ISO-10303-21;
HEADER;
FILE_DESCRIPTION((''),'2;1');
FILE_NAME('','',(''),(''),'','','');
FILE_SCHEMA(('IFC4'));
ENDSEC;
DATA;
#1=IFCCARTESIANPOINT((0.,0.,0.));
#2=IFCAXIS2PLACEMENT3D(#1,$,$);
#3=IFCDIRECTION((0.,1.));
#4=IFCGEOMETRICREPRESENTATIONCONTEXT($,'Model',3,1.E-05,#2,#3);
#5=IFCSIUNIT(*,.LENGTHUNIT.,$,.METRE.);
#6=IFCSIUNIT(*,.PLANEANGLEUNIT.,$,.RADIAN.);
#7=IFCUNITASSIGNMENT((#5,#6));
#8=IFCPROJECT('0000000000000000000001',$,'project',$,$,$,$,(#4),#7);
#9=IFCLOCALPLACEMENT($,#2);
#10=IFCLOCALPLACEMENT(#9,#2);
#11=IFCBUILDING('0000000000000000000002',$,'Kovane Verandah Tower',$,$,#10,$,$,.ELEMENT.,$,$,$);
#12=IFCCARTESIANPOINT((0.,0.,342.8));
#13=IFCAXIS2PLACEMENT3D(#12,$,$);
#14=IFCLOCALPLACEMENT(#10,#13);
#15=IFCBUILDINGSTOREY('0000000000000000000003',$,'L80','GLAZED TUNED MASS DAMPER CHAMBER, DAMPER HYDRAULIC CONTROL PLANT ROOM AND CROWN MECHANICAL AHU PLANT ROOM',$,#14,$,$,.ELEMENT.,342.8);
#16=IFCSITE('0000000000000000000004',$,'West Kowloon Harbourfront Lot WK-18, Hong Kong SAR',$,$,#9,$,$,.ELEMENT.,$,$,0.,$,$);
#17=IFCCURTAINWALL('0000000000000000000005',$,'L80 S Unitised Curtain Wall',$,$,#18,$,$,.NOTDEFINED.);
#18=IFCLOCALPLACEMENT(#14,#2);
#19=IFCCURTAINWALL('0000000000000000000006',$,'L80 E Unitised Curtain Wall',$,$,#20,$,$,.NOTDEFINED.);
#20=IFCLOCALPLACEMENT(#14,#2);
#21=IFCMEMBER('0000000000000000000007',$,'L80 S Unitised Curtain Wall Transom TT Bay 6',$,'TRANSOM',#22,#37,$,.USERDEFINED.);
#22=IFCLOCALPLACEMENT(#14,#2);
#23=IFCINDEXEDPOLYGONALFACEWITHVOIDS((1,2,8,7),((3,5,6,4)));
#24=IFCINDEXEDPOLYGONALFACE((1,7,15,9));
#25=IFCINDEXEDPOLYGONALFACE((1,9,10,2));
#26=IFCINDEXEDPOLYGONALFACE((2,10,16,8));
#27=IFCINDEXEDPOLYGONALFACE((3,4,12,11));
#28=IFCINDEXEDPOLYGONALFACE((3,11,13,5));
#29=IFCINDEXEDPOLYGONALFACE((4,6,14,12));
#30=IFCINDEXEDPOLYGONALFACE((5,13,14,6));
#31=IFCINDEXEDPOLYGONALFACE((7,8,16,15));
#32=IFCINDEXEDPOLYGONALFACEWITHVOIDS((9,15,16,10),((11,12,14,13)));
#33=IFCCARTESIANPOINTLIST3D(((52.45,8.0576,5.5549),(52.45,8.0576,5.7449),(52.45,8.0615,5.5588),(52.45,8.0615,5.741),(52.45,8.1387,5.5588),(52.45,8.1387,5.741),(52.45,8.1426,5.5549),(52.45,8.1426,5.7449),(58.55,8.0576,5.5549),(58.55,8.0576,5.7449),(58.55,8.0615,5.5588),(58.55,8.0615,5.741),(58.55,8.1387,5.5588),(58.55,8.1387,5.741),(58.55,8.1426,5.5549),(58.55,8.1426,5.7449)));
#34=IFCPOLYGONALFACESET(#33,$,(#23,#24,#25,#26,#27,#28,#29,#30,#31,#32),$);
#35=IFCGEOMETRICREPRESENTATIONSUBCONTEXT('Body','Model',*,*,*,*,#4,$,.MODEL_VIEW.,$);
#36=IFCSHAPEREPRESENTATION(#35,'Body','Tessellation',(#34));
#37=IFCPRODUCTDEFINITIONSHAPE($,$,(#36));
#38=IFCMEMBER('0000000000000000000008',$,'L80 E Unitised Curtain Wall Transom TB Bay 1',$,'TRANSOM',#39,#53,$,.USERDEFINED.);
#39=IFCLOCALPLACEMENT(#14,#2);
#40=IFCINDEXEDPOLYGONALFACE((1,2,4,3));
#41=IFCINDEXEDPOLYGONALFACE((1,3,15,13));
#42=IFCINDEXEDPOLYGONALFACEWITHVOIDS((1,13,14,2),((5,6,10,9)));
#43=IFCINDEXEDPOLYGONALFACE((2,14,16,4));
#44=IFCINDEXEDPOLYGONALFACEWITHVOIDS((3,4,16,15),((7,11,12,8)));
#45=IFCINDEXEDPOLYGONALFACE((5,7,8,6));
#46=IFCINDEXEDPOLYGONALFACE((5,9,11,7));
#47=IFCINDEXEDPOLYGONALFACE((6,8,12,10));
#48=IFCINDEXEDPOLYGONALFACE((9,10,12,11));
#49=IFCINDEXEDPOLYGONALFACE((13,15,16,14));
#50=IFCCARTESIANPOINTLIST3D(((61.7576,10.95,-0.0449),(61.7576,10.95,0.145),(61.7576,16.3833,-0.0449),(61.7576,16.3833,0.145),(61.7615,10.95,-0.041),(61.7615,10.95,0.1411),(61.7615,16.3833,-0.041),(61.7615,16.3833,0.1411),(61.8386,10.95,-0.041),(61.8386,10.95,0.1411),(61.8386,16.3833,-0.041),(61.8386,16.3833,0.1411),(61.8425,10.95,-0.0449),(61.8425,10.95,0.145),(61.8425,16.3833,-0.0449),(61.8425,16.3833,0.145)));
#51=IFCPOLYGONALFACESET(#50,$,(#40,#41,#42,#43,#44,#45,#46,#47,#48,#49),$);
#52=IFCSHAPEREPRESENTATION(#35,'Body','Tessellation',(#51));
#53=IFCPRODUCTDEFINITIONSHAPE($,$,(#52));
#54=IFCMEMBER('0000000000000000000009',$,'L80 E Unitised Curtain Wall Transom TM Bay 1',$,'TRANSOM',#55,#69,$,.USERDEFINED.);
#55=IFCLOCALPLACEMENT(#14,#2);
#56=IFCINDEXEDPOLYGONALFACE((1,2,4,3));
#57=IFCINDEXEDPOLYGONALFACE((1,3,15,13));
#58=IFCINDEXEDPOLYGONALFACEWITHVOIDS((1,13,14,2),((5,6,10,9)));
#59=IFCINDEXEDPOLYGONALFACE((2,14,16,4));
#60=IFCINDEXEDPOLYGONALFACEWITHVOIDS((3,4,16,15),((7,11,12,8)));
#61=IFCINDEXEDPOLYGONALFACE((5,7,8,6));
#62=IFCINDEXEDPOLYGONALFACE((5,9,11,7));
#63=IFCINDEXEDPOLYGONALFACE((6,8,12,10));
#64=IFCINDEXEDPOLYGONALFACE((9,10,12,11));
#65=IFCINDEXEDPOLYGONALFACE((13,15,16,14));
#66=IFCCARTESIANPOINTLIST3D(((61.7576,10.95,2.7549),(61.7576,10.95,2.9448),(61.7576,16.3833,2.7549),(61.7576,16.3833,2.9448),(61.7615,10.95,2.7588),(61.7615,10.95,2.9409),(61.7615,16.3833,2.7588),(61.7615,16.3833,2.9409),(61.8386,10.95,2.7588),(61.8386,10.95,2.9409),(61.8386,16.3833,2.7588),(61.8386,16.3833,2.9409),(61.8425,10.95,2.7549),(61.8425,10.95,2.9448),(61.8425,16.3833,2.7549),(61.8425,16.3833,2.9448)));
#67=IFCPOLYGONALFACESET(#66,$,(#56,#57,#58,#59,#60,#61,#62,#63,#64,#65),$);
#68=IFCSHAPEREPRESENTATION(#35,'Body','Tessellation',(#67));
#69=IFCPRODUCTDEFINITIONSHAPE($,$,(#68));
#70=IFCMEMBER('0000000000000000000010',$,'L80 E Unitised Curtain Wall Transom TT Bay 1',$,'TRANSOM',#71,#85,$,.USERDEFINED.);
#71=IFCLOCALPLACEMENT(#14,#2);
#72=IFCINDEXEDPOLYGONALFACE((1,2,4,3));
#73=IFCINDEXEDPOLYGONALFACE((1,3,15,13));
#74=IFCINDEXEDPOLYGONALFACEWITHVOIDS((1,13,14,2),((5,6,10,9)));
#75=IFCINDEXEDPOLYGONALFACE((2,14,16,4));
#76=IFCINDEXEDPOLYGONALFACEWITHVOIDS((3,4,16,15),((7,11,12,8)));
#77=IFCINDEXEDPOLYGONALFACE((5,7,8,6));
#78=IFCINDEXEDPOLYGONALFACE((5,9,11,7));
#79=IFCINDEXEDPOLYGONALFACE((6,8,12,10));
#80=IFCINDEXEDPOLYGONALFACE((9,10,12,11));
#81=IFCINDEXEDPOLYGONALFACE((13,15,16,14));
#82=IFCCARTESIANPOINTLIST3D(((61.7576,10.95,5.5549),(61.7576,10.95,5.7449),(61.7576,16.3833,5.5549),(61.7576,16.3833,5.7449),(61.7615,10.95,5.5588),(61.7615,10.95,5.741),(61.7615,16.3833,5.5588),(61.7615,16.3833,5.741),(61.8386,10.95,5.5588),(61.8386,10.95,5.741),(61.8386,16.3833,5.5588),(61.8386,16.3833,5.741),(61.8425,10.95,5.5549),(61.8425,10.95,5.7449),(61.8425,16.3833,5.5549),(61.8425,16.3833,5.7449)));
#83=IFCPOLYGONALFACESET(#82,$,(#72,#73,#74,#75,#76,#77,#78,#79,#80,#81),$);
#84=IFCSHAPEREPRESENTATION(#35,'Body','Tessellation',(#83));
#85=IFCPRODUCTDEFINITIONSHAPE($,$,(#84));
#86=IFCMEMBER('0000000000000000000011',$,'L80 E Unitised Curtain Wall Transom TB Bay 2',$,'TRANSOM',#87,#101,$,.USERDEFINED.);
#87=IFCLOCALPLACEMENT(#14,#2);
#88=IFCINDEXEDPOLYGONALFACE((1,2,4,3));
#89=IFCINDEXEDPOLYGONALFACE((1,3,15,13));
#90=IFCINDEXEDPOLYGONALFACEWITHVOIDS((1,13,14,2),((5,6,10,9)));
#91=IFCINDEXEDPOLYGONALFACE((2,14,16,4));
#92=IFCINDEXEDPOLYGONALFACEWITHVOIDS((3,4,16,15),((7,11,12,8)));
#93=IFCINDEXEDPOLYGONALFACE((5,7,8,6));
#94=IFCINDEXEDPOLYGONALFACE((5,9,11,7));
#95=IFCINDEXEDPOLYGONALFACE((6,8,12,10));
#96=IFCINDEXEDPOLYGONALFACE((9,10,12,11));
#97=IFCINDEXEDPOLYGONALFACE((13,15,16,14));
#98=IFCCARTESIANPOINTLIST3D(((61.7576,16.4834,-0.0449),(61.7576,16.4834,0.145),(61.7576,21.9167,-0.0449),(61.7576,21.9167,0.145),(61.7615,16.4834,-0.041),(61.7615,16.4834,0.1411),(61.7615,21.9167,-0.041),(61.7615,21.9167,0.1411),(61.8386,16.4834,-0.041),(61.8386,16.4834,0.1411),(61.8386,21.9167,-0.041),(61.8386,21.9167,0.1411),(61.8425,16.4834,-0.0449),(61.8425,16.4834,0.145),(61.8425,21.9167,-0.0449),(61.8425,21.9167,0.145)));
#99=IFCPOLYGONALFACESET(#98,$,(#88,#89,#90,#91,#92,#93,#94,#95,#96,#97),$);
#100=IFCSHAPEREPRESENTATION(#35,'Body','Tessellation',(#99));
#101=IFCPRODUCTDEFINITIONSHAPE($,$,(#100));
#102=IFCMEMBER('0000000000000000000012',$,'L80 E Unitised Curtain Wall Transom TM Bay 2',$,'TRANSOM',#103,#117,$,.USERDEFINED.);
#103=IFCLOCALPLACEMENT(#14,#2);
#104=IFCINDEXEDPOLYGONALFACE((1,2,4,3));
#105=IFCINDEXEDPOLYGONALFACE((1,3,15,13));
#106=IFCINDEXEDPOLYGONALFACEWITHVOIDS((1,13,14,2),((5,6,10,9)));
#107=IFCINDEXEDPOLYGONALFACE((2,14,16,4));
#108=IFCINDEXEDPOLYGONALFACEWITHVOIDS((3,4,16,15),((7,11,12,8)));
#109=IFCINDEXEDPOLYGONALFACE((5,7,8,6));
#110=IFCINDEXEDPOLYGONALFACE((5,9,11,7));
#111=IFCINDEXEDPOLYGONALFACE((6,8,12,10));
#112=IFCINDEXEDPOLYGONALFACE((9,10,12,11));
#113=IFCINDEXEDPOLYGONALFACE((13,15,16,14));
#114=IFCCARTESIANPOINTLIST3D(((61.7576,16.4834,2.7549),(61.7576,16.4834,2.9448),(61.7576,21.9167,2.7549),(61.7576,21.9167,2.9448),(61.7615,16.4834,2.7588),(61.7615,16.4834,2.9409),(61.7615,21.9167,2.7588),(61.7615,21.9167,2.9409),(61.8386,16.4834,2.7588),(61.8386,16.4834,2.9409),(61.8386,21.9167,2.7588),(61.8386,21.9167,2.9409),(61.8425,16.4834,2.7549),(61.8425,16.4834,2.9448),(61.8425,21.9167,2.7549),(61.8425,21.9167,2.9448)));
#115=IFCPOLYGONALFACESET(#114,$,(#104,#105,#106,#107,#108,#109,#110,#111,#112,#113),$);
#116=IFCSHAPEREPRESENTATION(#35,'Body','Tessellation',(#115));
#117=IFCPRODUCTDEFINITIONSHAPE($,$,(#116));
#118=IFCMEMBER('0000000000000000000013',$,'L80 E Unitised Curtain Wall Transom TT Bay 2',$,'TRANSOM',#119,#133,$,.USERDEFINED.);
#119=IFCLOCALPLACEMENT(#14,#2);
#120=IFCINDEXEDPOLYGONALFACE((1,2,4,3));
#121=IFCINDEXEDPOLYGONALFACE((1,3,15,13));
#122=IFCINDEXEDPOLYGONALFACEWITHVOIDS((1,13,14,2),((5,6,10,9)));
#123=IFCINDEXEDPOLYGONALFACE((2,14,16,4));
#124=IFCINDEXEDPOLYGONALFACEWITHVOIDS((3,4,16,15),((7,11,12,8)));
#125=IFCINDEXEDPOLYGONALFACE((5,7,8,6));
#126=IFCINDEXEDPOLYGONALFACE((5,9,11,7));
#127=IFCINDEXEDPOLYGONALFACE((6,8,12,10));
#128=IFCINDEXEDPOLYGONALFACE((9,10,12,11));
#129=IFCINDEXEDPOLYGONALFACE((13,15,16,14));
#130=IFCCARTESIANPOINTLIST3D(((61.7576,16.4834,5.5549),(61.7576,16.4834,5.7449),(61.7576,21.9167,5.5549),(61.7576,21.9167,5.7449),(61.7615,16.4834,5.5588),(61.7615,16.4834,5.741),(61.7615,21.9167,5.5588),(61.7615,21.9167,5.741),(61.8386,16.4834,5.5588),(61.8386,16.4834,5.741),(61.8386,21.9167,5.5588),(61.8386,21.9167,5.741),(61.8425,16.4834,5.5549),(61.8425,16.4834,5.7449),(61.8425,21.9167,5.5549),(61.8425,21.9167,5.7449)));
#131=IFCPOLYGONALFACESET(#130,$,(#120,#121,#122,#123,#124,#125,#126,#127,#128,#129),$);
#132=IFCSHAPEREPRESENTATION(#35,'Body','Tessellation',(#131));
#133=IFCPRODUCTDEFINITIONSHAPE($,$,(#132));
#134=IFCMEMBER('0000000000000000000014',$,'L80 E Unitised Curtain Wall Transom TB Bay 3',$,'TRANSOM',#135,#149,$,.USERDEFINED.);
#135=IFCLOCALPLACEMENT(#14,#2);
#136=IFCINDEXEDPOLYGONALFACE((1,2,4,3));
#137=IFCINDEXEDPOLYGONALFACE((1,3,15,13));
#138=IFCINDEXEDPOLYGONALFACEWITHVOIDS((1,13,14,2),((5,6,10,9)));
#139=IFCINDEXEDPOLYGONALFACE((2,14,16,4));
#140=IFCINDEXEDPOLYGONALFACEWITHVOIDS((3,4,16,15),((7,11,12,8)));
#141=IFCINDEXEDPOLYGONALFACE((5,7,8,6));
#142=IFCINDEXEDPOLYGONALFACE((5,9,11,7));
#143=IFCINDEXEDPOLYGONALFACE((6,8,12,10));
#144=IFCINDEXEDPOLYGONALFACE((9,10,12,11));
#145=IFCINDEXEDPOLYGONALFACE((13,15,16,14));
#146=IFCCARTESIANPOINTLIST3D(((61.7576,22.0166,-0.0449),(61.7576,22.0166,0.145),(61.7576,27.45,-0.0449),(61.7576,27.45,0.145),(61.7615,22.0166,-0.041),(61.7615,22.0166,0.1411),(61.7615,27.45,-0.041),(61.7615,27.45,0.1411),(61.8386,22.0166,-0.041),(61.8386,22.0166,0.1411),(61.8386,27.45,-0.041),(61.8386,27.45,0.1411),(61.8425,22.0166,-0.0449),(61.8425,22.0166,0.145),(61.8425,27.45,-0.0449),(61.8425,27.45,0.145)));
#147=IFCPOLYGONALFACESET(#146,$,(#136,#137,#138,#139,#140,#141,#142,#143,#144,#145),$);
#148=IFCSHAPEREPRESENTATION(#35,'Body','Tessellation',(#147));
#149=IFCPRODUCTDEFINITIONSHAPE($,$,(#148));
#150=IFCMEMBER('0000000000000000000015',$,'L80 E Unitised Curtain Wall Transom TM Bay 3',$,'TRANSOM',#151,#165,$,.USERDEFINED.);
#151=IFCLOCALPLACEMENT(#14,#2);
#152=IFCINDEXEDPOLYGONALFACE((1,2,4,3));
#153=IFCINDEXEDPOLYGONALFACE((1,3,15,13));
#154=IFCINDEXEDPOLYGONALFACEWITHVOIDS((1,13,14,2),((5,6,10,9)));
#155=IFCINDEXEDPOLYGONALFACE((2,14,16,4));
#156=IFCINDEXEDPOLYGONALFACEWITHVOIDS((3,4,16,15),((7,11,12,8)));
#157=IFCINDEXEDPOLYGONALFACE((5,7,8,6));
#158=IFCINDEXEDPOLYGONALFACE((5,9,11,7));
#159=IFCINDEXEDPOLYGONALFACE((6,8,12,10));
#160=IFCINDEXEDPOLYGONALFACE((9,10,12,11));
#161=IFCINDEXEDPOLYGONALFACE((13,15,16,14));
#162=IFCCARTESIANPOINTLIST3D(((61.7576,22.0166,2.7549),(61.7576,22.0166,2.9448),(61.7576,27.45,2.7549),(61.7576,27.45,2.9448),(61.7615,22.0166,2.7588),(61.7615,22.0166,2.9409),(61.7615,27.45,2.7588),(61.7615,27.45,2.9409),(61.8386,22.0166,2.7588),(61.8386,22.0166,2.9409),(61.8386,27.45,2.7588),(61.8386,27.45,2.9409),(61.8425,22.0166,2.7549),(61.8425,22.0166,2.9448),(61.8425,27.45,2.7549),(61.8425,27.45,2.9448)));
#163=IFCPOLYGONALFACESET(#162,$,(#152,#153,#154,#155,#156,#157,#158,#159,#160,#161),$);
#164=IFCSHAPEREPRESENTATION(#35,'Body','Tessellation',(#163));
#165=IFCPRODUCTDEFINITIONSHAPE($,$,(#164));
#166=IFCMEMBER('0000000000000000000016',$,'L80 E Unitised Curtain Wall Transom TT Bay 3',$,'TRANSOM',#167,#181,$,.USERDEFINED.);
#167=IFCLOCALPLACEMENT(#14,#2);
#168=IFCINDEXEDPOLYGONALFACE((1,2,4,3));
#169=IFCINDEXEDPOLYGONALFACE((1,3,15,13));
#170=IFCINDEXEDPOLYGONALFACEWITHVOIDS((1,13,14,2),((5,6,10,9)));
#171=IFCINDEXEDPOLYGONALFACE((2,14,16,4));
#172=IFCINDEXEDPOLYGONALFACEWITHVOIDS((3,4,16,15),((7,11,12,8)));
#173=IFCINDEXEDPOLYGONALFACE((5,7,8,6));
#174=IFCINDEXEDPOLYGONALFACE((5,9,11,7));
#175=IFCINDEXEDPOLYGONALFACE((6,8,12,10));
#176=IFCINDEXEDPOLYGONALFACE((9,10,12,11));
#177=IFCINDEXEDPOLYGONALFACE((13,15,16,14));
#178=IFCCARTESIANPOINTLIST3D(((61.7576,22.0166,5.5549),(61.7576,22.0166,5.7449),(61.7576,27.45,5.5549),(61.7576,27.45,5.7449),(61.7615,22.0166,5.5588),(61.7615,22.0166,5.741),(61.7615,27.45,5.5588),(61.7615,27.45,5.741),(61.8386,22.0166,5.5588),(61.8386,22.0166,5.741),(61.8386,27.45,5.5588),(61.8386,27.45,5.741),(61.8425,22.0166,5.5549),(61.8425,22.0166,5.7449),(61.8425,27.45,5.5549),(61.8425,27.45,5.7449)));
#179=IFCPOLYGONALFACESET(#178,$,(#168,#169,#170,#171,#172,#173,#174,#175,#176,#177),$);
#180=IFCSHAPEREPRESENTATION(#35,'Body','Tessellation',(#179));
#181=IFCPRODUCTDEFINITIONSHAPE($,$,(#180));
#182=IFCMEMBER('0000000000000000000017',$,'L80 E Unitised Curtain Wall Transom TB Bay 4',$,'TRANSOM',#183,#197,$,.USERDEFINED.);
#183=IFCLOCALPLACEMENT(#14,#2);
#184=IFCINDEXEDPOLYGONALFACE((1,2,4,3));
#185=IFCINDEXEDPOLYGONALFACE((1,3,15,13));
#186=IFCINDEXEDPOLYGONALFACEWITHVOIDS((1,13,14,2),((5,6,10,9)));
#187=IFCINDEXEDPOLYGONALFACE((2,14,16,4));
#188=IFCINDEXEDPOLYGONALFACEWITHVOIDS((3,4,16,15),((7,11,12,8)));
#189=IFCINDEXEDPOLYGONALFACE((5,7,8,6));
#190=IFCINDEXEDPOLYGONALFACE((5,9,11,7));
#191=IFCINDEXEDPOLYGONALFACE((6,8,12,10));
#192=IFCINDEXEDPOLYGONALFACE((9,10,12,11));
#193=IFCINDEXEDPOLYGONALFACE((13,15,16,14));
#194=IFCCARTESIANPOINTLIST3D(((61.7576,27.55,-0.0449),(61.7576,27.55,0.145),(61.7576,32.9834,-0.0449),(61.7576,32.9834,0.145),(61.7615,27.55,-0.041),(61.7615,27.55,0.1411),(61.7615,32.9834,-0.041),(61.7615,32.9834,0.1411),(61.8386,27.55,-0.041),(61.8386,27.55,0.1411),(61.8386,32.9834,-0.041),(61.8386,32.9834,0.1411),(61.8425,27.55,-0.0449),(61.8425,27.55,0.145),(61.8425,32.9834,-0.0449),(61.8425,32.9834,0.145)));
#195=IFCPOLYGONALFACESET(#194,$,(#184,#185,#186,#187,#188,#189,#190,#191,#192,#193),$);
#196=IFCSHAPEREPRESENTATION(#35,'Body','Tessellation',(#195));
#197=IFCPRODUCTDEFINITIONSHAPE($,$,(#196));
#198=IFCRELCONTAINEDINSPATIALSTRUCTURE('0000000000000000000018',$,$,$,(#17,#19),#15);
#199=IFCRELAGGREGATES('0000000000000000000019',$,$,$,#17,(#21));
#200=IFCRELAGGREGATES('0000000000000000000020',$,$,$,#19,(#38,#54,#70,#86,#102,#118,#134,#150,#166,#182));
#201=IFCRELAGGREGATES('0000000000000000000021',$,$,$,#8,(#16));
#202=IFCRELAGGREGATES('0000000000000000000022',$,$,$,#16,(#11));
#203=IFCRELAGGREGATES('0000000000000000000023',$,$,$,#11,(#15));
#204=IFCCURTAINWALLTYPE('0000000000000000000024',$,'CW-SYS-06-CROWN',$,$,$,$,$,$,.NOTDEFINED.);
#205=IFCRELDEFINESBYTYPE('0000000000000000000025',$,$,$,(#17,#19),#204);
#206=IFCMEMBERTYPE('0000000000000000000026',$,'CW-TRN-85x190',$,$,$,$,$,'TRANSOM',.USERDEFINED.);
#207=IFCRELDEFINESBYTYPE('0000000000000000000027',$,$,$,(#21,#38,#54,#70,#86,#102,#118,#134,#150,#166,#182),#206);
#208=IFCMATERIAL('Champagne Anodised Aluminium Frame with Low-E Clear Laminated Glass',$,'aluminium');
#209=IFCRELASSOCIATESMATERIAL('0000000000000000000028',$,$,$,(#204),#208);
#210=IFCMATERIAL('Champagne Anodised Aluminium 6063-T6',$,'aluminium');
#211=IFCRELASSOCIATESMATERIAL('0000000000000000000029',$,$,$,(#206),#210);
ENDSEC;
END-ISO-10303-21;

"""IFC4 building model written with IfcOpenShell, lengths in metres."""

from ifc_helpers import new_model, si_unit, direction, frame, origin, origin_2d, place, context, subcontext, project, spatial, hollow_rectangle, extrude, material, material_profile, profile_set, type_object, element, aggregate, save


model = new_model("IFC4")

# Units and contexts
model_context = context("Model", 3, precision=1e-05, world=origin(), true_north=direction((0.0, 1.0)))
body_context = subcontext(model_context, "Body", "Model", "MODEL_VIEW")
ifc_project = project(units=[si_unit("LENGTHUNIT", "METRE"), si_unit("PLANEANGLEUNIT", "RADIAN")], contexts=[model_context])

# Site, building, storey
site_placement = place(None, origin())
site = spatial("IfcSite", under=ifc_project, at=site_placement, Name="West Kowloon Harbourfront Lot WK-18, Hong Kong SAR", CompositionType="ELEMENT", RefElevation=0.0)
building_placement = place(site_placement, origin())
building = spatial("IfcBuilding", under=site, at=building_placement, Name="Kovane Verandah Tower", CompositionType="ELEMENT")
storey_placement = place(building_placement, frame((0.0, 0.0, 342.8)))
storey = spatial("IfcBuildingStorey", under=building, at=storey_placement, Name="L80", Description="GLAZED TUNED MASS DAMPER CHAMBER, DAMPER HYDRAULIC CONTROL PLANT ROOM AND CROWN MECHANICAL AHU PLANT ROOM", CompositionType="ELEMENT", Elevation=342.8)

# Curtain walls
ifc_material_1 = material(Name="Champagne Anodised Aluminium Frame with Low-E Clear Laminated Glass", Category="aluminium")
curtain_wall_type = type_object("IfcCurtainWallType", Name="CW-SYS-06-CROWN", PredefinedType="NOTDEFINED", material=ifc_material_1)
curtain_wall_1_placement = place(storey_placement, origin())
curtain_wall_1 = element("IfcCurtainWall", 1, at=curtain_wall_1_placement, inside=storey, type_object=curtain_wall_type, Name="L80 S Unitised Curtain Wall", PredefinedType="NOTDEFINED")
ifc_material_2 = material(Name="Champagne Anodised Aluminium 6063-T6", Category="aluminium")
curtain_wall_2_placement = place(storey_placement, origin())
curtain_wall_2 = element("IfcCurtainWall", 2, at=curtain_wall_2_placement, inside=storey, type_object=curtain_wall_type, Name="L80 E Unitised Curtain Wall", PredefinedType="NOTDEFINED")

# Members
ifc_material_profile_1 = material_profile(ifc_material_2, hollow_rectangle(XDim=0.085, YDim=0.1899, WallThickness=0.0039, at=origin_2d()), Name="AL85x190x4")
ifc_profile_set_1 = profile_set([ifc_material_profile_1], Name="Champagne Anodised Aluminium 6063-T6")
member_type_1 = type_object("IfcMemberType", Name="CW-TRN-85x190", ElementType="TRANSOM", PredefinedType="USERDEFINED", material=ifc_profile_set_1)
member_1_placement = place(storey_placement, frame((52.45, 8.1001, 5.6499), z_axis=(1.0, 0.0, 0.0), x_axis=(0.0, 1.0, 0.0)))
member_1 = element("IfcMember", 3, at=member_1_placement, type_object=member_type_1, Name="L80 S Unitised Curtain Wall Transom TT Bay 6", ObjectType="TRANSOM", PredefinedType="USERDEFINED", context=body_context, shape_type="SweptSolid", body=[
    extrude(hollow_rectangle(XDim=0.085, YDim=0.1899, WallThickness=0.0039, at=origin_2d()), origin(), (0.0, 0.0, 1.0), 6.1001),
])
member_2_placement = place(storey_placement, frame((61.8, 10.95, 0.05), z_axis=(0.0, 1.0, 0.0), x_axis=(-1.0, 0.0, 0.0)))
member_2 = element("IfcMember", 4, at=member_2_placement, type_object=member_type_1, Name="L80 E Unitised Curtain Wall Transom TB Bay 1", ObjectType="TRANSOM", PredefinedType="USERDEFINED", context=body_context, shape_type="SweptSolid", body=[
    extrude(hollow_rectangle(XDim=0.085, YDim=0.1899, WallThickness=0.0039, at=origin_2d()), origin(), (0.0, 0.0, 1.0), 5.4333),
])
member_3_placement = place(storey_placement, frame((61.8, 10.95, 2.8499), z_axis=(0.0, 1.0, 0.0), x_axis=(-1.0, 0.0, 0.0)))
member_3 = element("IfcMember", 5, at=member_3_placement, type_object=member_type_1, Name="L80 E Unitised Curtain Wall Transom TM Bay 1", ObjectType="TRANSOM", PredefinedType="USERDEFINED", context=body_context, shape_type="SweptSolid", body=[
    extrude(hollow_rectangle(XDim=0.085, YDim=0.1899, WallThickness=0.0039, at=origin_2d()), origin(), (0.0, 0.0, 1.0), 5.4333),
])
member_4_placement = place(storey_placement, frame((61.8, 10.95, 5.6499), z_axis=(0.0, 1.0, 0.0), x_axis=(-1.0, 0.0, 0.0)))
member_4 = element("IfcMember", 6, at=member_4_placement, type_object=member_type_1, Name="L80 E Unitised Curtain Wall Transom TT Bay 1", ObjectType="TRANSOM", PredefinedType="USERDEFINED", context=body_context, shape_type="SweptSolid", body=[
    extrude(hollow_rectangle(XDim=0.085, YDim=0.1899, WallThickness=0.0039, at=origin_2d()), origin(), (0.0, 0.0, 1.0), 5.4333),
])
member_5_placement = place(storey_placement, frame((61.8, 16.4834, 0.05), z_axis=(0.0, 1.0, 0.0), x_axis=(-1.0, 0.0, 0.0)))
member_5 = element("IfcMember", 7, at=member_5_placement, type_object=member_type_1, Name="L80 E Unitised Curtain Wall Transom TB Bay 2", ObjectType="TRANSOM", PredefinedType="USERDEFINED", context=body_context, shape_type="SweptSolid", body=[
    extrude(hollow_rectangle(XDim=0.085, YDim=0.1899, WallThickness=0.0039, at=origin_2d()), origin(), (0.0, 0.0, 1.0), 5.4333),
])
member_6_placement = place(storey_placement, frame((61.8, 16.4834, 2.8499), z_axis=(0.0, 1.0, 0.0), x_axis=(-1.0, 0.0, 0.0)))
member_6 = element("IfcMember", 8, at=member_6_placement, type_object=member_type_1, Name="L80 E Unitised Curtain Wall Transom TM Bay 2", ObjectType="TRANSOM", PredefinedType="USERDEFINED", context=body_context, shape_type="SweptSolid", body=[
    extrude(hollow_rectangle(XDim=0.085, YDim=0.1899, WallThickness=0.0039, at=origin_2d()), origin(), (0.0, 0.0, 1.0), 5.4333),
])
member_7_placement = place(storey_placement, frame((61.8, 16.4834, 5.6499), z_axis=(0.0, 1.0, 0.0), x_axis=(-1.0, 0.0, 0.0)))
member_7 = element("IfcMember", 9, at=member_7_placement, type_object=member_type_1, Name="L80 E Unitised Curtain Wall Transom TT Bay 2", ObjectType="TRANSOM", PredefinedType="USERDEFINED", context=body_context, shape_type="SweptSolid", body=[
    extrude(hollow_rectangle(XDim=0.085, YDim=0.1899, WallThickness=0.0039, at=origin_2d()), origin(), (0.0, 0.0, 1.0), 5.4333),
])
member_8_placement = place(storey_placement, frame((61.8, 22.0166, 0.05), z_axis=(0.0, 1.0, 0.0), x_axis=(-1.0, 0.0, 0.0)))
member_8 = element("IfcMember", 10, at=member_8_placement, type_object=member_type_1, Name="L80 E Unitised Curtain Wall Transom TB Bay 3", ObjectType="TRANSOM", PredefinedType="USERDEFINED", context=body_context, shape_type="SweptSolid", body=[
    extrude(hollow_rectangle(XDim=0.085, YDim=0.1899, WallThickness=0.0039, at=origin_2d()), origin(), (0.0, 0.0, 1.0), 5.4333),
])
member_9_placement = place(storey_placement, frame((61.8, 22.0166, 2.8499), z_axis=(0.0, 1.0, 0.0), x_axis=(-1.0, 0.0, 0.0)))
member_9 = element("IfcMember", 11, at=member_9_placement, type_object=member_type_1, Name="L80 E Unitised Curtain Wall Transom TM Bay 3", ObjectType="TRANSOM", PredefinedType="USERDEFINED", context=body_context, shape_type="SweptSolid", body=[
    extrude(hollow_rectangle(XDim=0.085, YDim=0.1899, WallThickness=0.0039, at=origin_2d()), origin(), (0.0, 0.0, 1.0), 5.4333),
])
member_10_placement = place(storey_placement, frame((61.8, 22.0166, 5.6499), z_axis=(0.0, 1.0, 0.0), x_axis=(-1.0, 0.0, 0.0)))
member_10 = element("IfcMember", 12, at=member_10_placement, type_object=member_type_1, Name="L80 E Unitised Curtain Wall Transom TT Bay 3", ObjectType="TRANSOM", PredefinedType="USERDEFINED", context=body_context, shape_type="SweptSolid", body=[
    extrude(hollow_rectangle(XDim=0.085, YDim=0.1899, WallThickness=0.0039, at=origin_2d()), origin(), (0.0, 0.0, 1.0), 5.4333),
])
member_11_placement = place(storey_placement, frame((61.8, 27.55, 0.05), z_axis=(0.0, 1.0, 0.0), x_axis=(-1.0, 0.0, 0.0)))
member_11 = element("IfcMember", 13, at=member_11_placement, type_object=member_type_1, Name="L80 E Unitised Curtain Wall Transom TB Bay 4", ObjectType="TRANSOM", PredefinedType="USERDEFINED", context=body_context, shape_type="SweptSolid", body=[
    extrude(hollow_rectangle(XDim=0.085, YDim=0.1899, WallThickness=0.0039, at=origin_2d()), origin(), (0.0, 0.0, 1.0), 5.4333),
])

aggregate(curtain_wall_1, [member_1])
aggregate(curtain_wall_2, [member_2, member_3, member_4, member_5, member_6, member_7, member_8, member_9, member_10, member_11])

save(model, "model.ifc")
